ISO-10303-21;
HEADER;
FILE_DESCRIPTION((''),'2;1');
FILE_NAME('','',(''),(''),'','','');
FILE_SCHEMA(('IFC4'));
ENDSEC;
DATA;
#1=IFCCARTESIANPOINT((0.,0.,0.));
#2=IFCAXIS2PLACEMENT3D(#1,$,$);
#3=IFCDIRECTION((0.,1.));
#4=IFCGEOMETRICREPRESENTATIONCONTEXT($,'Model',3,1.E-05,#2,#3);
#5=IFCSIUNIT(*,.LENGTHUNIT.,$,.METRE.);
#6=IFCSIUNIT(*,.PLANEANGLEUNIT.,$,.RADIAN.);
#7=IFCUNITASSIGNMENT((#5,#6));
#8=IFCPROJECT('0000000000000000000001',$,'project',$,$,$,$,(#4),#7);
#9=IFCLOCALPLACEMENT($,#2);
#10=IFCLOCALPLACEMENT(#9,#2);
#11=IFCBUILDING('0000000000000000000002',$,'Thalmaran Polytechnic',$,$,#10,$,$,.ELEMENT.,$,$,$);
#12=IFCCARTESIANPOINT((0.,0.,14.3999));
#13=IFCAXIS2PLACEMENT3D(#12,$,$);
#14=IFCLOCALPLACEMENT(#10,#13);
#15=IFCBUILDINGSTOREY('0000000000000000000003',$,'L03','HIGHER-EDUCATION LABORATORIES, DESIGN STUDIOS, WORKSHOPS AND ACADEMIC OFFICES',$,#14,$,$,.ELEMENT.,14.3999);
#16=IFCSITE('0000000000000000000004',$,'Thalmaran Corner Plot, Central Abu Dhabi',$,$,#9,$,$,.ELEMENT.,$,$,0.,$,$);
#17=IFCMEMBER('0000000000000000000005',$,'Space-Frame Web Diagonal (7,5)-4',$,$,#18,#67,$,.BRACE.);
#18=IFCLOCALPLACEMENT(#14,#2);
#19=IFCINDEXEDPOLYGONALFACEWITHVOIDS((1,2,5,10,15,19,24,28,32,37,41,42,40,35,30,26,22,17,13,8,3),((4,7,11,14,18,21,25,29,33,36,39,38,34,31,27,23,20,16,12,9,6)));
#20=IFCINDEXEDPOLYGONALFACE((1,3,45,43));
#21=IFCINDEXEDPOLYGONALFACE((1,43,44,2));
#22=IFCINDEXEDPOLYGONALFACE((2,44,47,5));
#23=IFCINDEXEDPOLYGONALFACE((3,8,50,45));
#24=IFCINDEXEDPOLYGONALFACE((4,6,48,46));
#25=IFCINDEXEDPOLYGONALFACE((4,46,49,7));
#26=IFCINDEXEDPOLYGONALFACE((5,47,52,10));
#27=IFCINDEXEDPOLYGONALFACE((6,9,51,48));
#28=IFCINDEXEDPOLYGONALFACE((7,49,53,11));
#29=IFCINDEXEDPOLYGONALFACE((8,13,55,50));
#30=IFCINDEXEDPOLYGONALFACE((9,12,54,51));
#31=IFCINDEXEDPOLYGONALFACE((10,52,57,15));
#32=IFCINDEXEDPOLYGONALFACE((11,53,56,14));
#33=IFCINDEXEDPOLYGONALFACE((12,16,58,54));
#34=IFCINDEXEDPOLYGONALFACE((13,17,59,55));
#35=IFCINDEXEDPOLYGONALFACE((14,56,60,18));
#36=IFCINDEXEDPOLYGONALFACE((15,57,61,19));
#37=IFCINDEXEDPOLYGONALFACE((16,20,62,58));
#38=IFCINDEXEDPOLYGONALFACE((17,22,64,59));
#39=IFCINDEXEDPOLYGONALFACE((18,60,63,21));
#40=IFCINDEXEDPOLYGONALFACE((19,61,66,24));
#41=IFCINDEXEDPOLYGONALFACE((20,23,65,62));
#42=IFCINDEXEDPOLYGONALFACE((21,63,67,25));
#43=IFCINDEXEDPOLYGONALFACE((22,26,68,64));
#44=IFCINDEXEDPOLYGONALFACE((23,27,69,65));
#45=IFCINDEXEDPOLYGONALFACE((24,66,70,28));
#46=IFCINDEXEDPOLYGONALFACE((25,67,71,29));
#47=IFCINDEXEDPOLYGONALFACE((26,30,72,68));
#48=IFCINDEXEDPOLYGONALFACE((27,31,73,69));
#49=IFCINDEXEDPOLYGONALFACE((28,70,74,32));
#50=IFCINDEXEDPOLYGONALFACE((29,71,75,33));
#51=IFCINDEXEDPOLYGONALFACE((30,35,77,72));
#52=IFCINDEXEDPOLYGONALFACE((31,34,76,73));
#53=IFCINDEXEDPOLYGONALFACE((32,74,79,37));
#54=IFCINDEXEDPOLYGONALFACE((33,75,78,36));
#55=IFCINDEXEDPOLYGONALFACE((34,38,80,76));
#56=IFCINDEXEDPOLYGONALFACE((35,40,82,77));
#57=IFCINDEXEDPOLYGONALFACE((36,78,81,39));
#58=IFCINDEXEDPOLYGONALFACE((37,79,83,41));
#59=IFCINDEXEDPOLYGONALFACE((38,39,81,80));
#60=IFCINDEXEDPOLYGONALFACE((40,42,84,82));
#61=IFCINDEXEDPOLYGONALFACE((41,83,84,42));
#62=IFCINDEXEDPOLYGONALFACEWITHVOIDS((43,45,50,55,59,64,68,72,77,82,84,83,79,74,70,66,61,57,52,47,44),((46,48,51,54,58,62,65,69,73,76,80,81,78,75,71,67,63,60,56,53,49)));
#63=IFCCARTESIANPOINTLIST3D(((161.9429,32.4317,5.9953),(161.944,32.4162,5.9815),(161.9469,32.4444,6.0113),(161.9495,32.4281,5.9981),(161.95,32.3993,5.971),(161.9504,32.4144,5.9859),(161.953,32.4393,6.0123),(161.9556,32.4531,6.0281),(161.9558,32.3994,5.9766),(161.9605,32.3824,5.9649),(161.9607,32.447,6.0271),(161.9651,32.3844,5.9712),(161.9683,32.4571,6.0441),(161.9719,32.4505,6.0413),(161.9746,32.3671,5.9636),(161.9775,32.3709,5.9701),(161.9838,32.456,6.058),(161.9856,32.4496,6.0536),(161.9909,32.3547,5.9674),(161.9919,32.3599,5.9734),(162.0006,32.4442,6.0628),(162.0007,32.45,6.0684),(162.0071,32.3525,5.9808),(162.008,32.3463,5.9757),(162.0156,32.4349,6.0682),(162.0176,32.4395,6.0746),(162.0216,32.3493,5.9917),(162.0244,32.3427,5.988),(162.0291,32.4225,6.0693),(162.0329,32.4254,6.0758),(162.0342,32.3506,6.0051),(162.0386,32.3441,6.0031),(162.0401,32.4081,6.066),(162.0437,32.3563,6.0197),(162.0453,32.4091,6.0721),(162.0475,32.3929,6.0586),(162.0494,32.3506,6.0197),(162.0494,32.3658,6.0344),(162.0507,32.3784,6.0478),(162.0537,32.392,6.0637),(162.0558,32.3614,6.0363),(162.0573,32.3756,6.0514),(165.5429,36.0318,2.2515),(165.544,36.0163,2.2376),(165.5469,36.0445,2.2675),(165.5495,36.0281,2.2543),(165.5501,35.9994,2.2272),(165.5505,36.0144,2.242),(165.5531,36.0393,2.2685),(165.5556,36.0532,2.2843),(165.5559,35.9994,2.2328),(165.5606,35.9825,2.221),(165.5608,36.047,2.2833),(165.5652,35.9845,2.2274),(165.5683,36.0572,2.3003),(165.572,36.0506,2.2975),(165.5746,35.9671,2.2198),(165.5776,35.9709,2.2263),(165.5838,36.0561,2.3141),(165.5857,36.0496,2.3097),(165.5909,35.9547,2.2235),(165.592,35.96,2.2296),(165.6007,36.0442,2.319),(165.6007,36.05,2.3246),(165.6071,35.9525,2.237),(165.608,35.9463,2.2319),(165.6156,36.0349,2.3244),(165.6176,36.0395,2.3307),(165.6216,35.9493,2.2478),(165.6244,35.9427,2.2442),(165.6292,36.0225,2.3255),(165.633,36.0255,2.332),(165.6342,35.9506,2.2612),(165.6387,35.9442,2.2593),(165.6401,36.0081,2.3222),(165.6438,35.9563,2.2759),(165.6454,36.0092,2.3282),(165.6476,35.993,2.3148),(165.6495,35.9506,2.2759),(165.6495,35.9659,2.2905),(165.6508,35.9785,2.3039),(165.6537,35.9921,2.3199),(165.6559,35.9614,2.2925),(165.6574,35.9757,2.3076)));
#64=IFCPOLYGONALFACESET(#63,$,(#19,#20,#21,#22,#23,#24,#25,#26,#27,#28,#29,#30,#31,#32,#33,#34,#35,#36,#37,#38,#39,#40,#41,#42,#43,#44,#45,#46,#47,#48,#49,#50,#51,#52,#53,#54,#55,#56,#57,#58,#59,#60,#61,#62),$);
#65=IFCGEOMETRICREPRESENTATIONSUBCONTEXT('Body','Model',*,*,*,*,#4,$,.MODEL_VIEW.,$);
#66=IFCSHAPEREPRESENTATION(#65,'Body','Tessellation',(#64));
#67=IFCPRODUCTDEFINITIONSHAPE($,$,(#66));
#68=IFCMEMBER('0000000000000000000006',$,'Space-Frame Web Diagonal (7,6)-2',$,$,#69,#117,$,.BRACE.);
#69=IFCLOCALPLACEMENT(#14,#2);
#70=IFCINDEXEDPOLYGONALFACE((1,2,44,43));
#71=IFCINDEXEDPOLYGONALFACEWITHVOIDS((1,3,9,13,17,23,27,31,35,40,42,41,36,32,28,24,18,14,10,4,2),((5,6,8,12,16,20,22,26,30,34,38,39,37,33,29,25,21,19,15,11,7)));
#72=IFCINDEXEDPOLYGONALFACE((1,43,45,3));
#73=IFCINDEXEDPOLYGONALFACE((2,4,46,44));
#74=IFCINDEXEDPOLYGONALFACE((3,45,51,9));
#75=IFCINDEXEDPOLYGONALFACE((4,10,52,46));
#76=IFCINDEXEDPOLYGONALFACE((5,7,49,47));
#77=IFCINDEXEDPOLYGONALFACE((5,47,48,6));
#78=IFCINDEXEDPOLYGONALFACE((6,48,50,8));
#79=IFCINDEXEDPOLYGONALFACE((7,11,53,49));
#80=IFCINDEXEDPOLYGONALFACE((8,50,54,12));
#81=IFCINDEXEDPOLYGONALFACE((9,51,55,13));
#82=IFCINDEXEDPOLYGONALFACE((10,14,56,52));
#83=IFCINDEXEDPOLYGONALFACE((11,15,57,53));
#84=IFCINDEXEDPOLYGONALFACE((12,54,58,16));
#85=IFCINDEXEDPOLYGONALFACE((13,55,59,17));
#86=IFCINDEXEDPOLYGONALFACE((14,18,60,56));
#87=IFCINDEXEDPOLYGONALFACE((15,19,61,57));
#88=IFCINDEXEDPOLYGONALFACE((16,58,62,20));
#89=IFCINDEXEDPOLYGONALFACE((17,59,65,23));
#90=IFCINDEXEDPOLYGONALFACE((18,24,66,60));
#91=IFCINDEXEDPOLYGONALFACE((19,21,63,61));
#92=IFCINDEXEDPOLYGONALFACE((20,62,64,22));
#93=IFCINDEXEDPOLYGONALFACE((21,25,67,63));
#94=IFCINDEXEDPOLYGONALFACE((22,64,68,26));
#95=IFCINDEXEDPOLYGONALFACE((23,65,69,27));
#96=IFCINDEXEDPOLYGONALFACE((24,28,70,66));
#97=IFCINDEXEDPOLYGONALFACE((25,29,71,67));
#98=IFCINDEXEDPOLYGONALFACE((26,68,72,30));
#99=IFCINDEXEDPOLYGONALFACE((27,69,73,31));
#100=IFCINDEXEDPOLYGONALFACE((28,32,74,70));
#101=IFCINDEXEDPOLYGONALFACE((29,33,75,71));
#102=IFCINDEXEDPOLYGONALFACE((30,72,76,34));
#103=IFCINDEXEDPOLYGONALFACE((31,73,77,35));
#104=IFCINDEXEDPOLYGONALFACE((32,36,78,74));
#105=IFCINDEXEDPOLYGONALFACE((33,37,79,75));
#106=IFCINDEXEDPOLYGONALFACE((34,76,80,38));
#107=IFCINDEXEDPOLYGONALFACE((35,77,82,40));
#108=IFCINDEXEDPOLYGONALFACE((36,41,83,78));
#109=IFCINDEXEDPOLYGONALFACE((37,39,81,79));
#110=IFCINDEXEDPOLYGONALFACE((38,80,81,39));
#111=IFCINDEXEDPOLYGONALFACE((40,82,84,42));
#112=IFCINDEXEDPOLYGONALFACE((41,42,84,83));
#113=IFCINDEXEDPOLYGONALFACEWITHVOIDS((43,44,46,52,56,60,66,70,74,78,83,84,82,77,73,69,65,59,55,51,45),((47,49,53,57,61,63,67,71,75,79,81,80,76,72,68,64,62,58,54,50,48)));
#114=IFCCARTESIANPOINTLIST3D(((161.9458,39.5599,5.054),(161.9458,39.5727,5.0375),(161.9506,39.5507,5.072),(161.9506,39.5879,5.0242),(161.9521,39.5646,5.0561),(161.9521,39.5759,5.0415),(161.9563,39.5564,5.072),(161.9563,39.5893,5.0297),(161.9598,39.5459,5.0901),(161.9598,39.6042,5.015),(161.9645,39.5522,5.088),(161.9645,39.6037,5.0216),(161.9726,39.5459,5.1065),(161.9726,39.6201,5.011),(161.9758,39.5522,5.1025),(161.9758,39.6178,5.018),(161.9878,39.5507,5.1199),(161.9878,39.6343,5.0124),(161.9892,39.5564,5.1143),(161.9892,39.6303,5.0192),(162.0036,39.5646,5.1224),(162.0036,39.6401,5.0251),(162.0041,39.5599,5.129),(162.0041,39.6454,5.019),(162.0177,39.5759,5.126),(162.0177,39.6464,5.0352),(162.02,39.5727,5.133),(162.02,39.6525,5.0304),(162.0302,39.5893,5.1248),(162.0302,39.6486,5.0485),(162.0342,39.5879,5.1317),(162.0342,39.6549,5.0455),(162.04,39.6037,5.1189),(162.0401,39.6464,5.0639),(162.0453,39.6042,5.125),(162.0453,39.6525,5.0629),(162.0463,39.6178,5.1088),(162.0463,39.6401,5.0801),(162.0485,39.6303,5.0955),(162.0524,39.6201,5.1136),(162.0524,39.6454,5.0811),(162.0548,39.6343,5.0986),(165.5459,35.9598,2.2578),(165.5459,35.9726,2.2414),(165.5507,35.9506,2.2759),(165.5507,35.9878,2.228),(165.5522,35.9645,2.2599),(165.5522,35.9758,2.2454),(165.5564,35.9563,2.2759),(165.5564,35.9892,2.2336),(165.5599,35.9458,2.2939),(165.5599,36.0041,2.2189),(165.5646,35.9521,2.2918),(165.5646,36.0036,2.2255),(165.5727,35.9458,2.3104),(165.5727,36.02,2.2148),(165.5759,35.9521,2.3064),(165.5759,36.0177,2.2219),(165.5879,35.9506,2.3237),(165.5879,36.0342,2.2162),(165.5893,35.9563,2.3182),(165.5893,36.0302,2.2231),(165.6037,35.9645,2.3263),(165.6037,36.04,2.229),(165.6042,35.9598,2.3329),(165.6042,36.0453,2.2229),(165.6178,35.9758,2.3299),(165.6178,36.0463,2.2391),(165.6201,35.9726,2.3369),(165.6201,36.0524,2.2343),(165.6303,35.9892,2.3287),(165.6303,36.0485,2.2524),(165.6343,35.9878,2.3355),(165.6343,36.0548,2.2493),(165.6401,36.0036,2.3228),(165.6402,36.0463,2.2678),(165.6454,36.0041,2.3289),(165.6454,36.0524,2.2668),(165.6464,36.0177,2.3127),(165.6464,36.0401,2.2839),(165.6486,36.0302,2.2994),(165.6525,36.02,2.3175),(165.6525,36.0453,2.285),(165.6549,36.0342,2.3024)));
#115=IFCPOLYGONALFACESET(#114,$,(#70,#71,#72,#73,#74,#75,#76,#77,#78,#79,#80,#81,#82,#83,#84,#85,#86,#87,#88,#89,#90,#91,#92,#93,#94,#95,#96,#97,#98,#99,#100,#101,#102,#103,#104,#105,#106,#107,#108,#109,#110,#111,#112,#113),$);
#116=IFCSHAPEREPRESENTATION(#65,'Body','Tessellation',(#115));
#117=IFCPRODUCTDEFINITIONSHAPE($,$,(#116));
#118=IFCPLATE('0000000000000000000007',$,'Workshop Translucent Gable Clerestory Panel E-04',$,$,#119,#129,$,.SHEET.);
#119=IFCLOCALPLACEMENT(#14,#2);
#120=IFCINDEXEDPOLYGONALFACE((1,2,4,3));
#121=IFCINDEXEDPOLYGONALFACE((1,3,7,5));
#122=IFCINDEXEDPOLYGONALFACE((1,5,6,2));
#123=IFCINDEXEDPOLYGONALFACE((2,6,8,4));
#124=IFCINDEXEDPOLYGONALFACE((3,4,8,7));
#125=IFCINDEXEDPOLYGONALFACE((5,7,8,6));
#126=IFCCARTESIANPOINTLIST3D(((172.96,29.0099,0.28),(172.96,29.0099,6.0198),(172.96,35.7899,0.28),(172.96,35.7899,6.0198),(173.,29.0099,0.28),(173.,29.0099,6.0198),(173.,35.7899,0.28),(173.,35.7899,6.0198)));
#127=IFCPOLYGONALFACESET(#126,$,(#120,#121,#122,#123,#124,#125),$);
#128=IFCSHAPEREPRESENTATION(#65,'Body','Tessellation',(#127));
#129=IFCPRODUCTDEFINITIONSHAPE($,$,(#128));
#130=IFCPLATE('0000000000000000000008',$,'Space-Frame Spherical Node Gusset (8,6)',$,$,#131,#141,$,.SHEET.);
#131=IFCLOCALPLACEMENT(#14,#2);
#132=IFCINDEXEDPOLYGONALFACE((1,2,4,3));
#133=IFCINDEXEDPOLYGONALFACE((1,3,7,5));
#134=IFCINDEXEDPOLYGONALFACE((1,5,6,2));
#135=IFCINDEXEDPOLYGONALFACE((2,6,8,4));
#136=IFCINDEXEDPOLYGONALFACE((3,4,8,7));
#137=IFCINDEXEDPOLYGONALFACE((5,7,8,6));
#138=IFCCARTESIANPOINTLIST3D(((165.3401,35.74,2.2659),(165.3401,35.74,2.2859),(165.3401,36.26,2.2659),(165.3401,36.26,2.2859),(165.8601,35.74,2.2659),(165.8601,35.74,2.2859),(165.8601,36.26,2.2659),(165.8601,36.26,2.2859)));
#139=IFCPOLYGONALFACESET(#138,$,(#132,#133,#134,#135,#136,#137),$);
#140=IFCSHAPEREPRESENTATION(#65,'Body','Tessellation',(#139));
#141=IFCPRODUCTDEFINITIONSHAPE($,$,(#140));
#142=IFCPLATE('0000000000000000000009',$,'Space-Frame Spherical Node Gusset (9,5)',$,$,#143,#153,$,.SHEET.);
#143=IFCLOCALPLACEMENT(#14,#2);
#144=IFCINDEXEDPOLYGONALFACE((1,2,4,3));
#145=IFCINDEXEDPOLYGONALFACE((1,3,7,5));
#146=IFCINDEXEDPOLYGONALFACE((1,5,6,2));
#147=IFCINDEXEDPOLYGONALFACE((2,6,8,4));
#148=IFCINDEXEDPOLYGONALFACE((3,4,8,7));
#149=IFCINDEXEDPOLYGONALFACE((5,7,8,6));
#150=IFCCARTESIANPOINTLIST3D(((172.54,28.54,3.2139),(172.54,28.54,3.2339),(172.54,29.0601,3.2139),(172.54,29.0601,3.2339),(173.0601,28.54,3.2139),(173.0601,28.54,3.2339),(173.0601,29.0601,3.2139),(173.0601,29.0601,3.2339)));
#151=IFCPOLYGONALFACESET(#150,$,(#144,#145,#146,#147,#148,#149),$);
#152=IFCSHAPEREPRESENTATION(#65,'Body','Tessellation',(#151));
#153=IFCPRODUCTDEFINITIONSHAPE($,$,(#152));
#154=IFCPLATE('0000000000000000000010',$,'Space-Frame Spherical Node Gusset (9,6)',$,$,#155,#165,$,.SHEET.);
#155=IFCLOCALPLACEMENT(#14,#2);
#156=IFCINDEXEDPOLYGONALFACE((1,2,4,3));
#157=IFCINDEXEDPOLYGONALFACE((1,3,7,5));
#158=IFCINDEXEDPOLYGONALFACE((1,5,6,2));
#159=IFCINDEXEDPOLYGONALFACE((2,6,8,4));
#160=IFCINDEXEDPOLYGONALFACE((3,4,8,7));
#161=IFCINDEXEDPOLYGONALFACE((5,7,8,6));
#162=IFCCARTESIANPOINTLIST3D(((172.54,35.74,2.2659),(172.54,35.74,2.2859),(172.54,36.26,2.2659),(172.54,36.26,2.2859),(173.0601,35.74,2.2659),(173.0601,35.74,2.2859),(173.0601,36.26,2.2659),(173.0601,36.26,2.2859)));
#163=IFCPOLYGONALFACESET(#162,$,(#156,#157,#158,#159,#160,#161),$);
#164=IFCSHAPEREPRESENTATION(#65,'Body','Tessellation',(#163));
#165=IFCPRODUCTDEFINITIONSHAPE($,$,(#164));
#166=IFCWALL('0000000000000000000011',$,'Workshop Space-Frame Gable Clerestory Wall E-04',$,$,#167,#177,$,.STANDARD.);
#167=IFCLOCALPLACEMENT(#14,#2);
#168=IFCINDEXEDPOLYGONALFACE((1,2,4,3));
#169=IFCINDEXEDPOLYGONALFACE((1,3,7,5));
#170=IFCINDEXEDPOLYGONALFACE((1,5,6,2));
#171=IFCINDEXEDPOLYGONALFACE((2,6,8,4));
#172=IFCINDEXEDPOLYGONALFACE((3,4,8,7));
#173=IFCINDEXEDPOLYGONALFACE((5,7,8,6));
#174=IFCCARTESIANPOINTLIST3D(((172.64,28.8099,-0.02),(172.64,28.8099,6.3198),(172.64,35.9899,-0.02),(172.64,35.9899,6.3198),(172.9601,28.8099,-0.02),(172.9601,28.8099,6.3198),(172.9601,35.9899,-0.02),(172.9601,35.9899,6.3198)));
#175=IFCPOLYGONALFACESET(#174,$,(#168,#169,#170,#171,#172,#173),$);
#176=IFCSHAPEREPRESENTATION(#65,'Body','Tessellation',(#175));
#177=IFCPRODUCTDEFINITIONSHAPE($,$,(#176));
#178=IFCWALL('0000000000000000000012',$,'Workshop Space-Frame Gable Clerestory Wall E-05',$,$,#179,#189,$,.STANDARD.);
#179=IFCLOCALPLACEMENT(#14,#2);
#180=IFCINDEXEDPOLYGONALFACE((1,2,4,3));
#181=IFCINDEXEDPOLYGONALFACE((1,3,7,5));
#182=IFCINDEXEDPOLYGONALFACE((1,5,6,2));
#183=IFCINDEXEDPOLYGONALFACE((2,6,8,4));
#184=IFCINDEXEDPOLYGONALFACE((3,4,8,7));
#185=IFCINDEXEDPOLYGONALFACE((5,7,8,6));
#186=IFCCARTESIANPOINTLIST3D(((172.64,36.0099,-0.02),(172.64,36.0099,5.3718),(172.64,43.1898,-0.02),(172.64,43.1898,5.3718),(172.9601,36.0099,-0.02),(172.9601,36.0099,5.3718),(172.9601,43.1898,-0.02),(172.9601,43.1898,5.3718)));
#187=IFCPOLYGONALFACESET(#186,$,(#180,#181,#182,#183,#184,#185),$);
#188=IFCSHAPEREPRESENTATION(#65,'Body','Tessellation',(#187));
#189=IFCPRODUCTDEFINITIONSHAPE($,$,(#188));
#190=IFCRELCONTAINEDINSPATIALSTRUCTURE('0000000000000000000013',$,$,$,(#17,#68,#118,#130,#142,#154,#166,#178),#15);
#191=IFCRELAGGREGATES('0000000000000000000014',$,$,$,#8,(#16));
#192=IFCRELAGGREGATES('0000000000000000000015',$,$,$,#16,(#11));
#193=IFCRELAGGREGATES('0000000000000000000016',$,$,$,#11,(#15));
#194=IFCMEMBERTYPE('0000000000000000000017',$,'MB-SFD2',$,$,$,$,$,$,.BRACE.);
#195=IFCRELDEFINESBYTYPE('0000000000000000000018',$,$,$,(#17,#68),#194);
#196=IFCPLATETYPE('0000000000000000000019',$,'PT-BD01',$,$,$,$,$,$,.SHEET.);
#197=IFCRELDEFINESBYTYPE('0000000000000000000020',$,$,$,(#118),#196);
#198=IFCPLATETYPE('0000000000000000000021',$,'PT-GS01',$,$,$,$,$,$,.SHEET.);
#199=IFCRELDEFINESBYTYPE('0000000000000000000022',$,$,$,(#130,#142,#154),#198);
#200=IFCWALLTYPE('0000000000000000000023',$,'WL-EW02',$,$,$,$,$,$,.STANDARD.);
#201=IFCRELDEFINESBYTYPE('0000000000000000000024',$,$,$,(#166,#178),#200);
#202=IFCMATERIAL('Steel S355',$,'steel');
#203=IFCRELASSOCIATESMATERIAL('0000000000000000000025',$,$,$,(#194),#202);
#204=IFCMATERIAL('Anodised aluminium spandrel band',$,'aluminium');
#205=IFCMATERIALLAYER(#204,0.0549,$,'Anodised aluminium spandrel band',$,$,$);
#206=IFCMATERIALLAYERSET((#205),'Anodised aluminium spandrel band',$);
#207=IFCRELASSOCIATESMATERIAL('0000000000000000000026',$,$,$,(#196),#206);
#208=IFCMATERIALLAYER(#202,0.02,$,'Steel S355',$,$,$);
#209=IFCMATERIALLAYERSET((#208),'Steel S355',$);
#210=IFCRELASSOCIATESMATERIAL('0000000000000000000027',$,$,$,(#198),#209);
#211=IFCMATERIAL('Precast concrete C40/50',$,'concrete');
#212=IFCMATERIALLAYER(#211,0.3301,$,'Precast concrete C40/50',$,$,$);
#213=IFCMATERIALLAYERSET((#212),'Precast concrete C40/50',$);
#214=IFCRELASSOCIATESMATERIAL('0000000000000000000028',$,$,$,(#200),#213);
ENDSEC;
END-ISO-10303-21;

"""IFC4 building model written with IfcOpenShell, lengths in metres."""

from ifc_helpers import new_model, si_unit, direction, frame, frame_2d, origin, origin_2d, place, context, subcontext, project, spatial, rectangle, hollow_circle, extrude, material, layer, layer_set, material_profile, profile_set, type_object, element, save


model = new_model("IFC4")

# Units and contexts
model_context = context("Model", 3, precision=1e-05, world=origin(), true_north=direction((0.0, 1.0)))
body_context = subcontext(model_context, "Body", "Model", "MODEL_VIEW")
ifc_project = project(units=[si_unit("LENGTHUNIT", "METRE"), si_unit("PLANEANGLEUNIT", "RADIAN")], contexts=[model_context])

# Site, building, storey
site_placement = place(None, origin())
site = spatial("IfcSite", under=ifc_project, at=site_placement, Name="Thalmaran Corner Plot, Central Abu Dhabi", CompositionType="ELEMENT", RefElevation=0.0)
building_placement = place(site_placement, origin())
building = spatial("IfcBuilding", under=site, at=building_placement, Name="Thalmaran Polytechnic", CompositionType="ELEMENT")
storey_placement = place(building_placement, frame((0.0, 0.0, 14.3999)))
storey = spatial("IfcBuildingStorey", under=building, at=storey_placement, Name="L03", Description="HIGHER-EDUCATION LABORATORIES, DESIGN STUDIOS, WORKSHOPS AND ACADEMIC OFFICES", CompositionType="ELEMENT", Elevation=14.3999)

# Shared definitions
ifc_material_1 = material(Name="Steel S355", Category="steel")

# Members
ifc_material_profile_1 = material_profile(ifc_material_1, hollow_circle(Radius=0.0698, WallThickness=0.0081, at=origin_2d()), Name="CHS 139.7x8.0")
ifc_profile_set_1 = profile_set([ifc_material_profile_1], Name="Steel S355")
member_type_1 = type_object("IfcMemberType", Name="MB-SFD2", PredefinedType="BRACE", material=ifc_profile_set_1)
member_1_placement = place(storey_placement, frame((165.6001, 36.0, 2.2759), z_axis=(-0.569666, -0.569666, 0.59242), x_axis=(0.707107, -0.707107, 0.0)))
element("IfcMember", 1, at=member_1_placement, inside=storey, type_object=member_type_1, Name="Space-Frame Web Diagonal (7,5)-4", PredefinedType="BRACE", context=body_context, shape_type="SweptSolid", body=[
    extrude(hollow_circle(Radius=0.0698, WallThickness=0.0081, at=origin_2d()), origin(), (0.0, 0.0, 1.0), 6.3196),
])
member_2_placement = place(storey_placement, frame((165.6001, 36.0, 2.2759), z_axis=(-0.619788, 0.619788, 0.48138), x_axis=(-0.707107, -0.707107, 0.0)))
element("IfcMember", 2, at=member_2_placement, inside=storey, type_object=member_type_1, Name="Space-Frame Web Diagonal (7,6)-2", PredefinedType="BRACE", context=body_context, shape_type="SweptSolid", body=[
    extrude(hollow_circle(Radius=0.0698, WallThickness=0.0081, at=origin_2d()), origin(), (0.0, 0.0, 1.0), 5.8086),
])

# Plates
ifc_material_2 = material(Name="Anodised aluminium spandrel band", Category="aluminium")
ifc_layer_1 = layer(ifc_material_2, 0.0549, Name="Anodised aluminium spandrel band")
ifc_layer_set_1 = layer_set([ifc_layer_1], Name="Anodised aluminium spandrel band")
plate_type_1 = type_object("IfcPlateType", Name="PT-BD01", PredefinedType="SHEET", material=ifc_layer_set_1)
plate_placement = place(storey_placement, frame((172.98, 32.3999, 0.28), z_axis=(0.0, 0.0, 1.0), x_axis=(1.0, 0.0, 0.0)))
element("IfcPlate", 3, at=plate_placement, inside=storey, type_object=plate_type_1, Name="Workshop Translucent Gable Clerestory Panel E-04", PredefinedType="SHEET", context=body_context, shape_type="SweptSolid", body=[
    extrude(rectangle(XDim=0.04, YDim=6.78, at=origin_2d()), origin(), (0.0, 0.0, 1.0), 5.7397),
])
ifc_layer_2 = layer(ifc_material_1, 0.02, Name="Steel S355")
ifc_layer_set_2 = layer_set([ifc_layer_2], Name="Steel S355")
plate_type_2 = type_object("IfcPlateType", Name="PT-GS01", PredefinedType="SHEET", material=ifc_layer_set_2)
for number, where, z_axis, x_axis, name in (
    (4, (165.6001, 36.0, 2.2659), (0.0, 0.0, 1.0), (1.0, 0.0, 0.0), "Space-Frame Spherical Node Gusset (8,6)"),
    (5, (172.8, 28.8, 3.2139), (0.0, 0.0, 1.0), (1.0, 0.0, 0.0), "Space-Frame Spherical Node Gusset (9,5)"),
    (6, (172.8, 36.0, 2.2659), (0.0, 0.0, 1.0), (1.0, 0.0, 0.0), "Space-Frame Spherical Node Gusset (9,6)"),
):
    element("IfcPlate", number, at=place(storey_placement, frame(where, z_axis=z_axis, x_axis=x_axis)), inside=storey, type_object=plate_type_2, Name=name, PredefinedType="SHEET", context=body_context, shape_type="SweptSolid", body=[
        extrude(rectangle(XDim=0.52, YDim=0.52, at=origin_2d()), origin(), (0.0, 0.0, 1.0), 0.02),
    ])

# Walls
ifc_material_3 = material(Name="Precast concrete C40/50", Category="concrete")
ifc_layer_3 = layer(ifc_material_3, 0.3301, Name="Precast concrete C40/50")
ifc_layer_set_3 = layer_set([ifc_layer_3], Name="Precast concrete C40/50")
wall_type = type_object("IfcWallType", Name="WL-EW02", PredefinedType="STANDARD", material=ifc_layer_set_3)
wall_1_placement = place(storey_placement, frame((172.8, 28.8101, -0.02), z_axis=(0.0, 0.0, 1.0), x_axis=(0.0, 1.0, 0.0)))
element("IfcWall", 7, at=wall_1_placement, inside=storey, type_object=wall_type, Name="Workshop Space-Frame Gable Clerestory Wall E-04", PredefinedType="STANDARD", context=body_context, shape_type="SweptSolid", body=[
    extrude(rectangle(XDim=7.1799, YDim=0.3201, at=frame_2d((3.5898, 0.0))), origin(), (0.0, 0.0, 1.0), 6.3398),
])
wall_2_placement = place(storey_placement, frame((172.8, 36.01, -0.02), z_axis=(0.0, 0.0, 1.0), x_axis=(0.0, 1.0, 0.0)))
element("IfcWall", 8, at=wall_2_placement, inside=storey, type_object=wall_type, Name="Workshop Space-Frame Gable Clerestory Wall E-05", PredefinedType="STANDARD", context=body_context, shape_type="SweptSolid", body=[
    extrude(rectangle(XDim=7.1799, YDim=0.3201, at=frame_2d((3.5898, 0.0))), origin(), (0.0, 0.0, 1.0), 5.3918),
])

save(model, "model.ifc")
